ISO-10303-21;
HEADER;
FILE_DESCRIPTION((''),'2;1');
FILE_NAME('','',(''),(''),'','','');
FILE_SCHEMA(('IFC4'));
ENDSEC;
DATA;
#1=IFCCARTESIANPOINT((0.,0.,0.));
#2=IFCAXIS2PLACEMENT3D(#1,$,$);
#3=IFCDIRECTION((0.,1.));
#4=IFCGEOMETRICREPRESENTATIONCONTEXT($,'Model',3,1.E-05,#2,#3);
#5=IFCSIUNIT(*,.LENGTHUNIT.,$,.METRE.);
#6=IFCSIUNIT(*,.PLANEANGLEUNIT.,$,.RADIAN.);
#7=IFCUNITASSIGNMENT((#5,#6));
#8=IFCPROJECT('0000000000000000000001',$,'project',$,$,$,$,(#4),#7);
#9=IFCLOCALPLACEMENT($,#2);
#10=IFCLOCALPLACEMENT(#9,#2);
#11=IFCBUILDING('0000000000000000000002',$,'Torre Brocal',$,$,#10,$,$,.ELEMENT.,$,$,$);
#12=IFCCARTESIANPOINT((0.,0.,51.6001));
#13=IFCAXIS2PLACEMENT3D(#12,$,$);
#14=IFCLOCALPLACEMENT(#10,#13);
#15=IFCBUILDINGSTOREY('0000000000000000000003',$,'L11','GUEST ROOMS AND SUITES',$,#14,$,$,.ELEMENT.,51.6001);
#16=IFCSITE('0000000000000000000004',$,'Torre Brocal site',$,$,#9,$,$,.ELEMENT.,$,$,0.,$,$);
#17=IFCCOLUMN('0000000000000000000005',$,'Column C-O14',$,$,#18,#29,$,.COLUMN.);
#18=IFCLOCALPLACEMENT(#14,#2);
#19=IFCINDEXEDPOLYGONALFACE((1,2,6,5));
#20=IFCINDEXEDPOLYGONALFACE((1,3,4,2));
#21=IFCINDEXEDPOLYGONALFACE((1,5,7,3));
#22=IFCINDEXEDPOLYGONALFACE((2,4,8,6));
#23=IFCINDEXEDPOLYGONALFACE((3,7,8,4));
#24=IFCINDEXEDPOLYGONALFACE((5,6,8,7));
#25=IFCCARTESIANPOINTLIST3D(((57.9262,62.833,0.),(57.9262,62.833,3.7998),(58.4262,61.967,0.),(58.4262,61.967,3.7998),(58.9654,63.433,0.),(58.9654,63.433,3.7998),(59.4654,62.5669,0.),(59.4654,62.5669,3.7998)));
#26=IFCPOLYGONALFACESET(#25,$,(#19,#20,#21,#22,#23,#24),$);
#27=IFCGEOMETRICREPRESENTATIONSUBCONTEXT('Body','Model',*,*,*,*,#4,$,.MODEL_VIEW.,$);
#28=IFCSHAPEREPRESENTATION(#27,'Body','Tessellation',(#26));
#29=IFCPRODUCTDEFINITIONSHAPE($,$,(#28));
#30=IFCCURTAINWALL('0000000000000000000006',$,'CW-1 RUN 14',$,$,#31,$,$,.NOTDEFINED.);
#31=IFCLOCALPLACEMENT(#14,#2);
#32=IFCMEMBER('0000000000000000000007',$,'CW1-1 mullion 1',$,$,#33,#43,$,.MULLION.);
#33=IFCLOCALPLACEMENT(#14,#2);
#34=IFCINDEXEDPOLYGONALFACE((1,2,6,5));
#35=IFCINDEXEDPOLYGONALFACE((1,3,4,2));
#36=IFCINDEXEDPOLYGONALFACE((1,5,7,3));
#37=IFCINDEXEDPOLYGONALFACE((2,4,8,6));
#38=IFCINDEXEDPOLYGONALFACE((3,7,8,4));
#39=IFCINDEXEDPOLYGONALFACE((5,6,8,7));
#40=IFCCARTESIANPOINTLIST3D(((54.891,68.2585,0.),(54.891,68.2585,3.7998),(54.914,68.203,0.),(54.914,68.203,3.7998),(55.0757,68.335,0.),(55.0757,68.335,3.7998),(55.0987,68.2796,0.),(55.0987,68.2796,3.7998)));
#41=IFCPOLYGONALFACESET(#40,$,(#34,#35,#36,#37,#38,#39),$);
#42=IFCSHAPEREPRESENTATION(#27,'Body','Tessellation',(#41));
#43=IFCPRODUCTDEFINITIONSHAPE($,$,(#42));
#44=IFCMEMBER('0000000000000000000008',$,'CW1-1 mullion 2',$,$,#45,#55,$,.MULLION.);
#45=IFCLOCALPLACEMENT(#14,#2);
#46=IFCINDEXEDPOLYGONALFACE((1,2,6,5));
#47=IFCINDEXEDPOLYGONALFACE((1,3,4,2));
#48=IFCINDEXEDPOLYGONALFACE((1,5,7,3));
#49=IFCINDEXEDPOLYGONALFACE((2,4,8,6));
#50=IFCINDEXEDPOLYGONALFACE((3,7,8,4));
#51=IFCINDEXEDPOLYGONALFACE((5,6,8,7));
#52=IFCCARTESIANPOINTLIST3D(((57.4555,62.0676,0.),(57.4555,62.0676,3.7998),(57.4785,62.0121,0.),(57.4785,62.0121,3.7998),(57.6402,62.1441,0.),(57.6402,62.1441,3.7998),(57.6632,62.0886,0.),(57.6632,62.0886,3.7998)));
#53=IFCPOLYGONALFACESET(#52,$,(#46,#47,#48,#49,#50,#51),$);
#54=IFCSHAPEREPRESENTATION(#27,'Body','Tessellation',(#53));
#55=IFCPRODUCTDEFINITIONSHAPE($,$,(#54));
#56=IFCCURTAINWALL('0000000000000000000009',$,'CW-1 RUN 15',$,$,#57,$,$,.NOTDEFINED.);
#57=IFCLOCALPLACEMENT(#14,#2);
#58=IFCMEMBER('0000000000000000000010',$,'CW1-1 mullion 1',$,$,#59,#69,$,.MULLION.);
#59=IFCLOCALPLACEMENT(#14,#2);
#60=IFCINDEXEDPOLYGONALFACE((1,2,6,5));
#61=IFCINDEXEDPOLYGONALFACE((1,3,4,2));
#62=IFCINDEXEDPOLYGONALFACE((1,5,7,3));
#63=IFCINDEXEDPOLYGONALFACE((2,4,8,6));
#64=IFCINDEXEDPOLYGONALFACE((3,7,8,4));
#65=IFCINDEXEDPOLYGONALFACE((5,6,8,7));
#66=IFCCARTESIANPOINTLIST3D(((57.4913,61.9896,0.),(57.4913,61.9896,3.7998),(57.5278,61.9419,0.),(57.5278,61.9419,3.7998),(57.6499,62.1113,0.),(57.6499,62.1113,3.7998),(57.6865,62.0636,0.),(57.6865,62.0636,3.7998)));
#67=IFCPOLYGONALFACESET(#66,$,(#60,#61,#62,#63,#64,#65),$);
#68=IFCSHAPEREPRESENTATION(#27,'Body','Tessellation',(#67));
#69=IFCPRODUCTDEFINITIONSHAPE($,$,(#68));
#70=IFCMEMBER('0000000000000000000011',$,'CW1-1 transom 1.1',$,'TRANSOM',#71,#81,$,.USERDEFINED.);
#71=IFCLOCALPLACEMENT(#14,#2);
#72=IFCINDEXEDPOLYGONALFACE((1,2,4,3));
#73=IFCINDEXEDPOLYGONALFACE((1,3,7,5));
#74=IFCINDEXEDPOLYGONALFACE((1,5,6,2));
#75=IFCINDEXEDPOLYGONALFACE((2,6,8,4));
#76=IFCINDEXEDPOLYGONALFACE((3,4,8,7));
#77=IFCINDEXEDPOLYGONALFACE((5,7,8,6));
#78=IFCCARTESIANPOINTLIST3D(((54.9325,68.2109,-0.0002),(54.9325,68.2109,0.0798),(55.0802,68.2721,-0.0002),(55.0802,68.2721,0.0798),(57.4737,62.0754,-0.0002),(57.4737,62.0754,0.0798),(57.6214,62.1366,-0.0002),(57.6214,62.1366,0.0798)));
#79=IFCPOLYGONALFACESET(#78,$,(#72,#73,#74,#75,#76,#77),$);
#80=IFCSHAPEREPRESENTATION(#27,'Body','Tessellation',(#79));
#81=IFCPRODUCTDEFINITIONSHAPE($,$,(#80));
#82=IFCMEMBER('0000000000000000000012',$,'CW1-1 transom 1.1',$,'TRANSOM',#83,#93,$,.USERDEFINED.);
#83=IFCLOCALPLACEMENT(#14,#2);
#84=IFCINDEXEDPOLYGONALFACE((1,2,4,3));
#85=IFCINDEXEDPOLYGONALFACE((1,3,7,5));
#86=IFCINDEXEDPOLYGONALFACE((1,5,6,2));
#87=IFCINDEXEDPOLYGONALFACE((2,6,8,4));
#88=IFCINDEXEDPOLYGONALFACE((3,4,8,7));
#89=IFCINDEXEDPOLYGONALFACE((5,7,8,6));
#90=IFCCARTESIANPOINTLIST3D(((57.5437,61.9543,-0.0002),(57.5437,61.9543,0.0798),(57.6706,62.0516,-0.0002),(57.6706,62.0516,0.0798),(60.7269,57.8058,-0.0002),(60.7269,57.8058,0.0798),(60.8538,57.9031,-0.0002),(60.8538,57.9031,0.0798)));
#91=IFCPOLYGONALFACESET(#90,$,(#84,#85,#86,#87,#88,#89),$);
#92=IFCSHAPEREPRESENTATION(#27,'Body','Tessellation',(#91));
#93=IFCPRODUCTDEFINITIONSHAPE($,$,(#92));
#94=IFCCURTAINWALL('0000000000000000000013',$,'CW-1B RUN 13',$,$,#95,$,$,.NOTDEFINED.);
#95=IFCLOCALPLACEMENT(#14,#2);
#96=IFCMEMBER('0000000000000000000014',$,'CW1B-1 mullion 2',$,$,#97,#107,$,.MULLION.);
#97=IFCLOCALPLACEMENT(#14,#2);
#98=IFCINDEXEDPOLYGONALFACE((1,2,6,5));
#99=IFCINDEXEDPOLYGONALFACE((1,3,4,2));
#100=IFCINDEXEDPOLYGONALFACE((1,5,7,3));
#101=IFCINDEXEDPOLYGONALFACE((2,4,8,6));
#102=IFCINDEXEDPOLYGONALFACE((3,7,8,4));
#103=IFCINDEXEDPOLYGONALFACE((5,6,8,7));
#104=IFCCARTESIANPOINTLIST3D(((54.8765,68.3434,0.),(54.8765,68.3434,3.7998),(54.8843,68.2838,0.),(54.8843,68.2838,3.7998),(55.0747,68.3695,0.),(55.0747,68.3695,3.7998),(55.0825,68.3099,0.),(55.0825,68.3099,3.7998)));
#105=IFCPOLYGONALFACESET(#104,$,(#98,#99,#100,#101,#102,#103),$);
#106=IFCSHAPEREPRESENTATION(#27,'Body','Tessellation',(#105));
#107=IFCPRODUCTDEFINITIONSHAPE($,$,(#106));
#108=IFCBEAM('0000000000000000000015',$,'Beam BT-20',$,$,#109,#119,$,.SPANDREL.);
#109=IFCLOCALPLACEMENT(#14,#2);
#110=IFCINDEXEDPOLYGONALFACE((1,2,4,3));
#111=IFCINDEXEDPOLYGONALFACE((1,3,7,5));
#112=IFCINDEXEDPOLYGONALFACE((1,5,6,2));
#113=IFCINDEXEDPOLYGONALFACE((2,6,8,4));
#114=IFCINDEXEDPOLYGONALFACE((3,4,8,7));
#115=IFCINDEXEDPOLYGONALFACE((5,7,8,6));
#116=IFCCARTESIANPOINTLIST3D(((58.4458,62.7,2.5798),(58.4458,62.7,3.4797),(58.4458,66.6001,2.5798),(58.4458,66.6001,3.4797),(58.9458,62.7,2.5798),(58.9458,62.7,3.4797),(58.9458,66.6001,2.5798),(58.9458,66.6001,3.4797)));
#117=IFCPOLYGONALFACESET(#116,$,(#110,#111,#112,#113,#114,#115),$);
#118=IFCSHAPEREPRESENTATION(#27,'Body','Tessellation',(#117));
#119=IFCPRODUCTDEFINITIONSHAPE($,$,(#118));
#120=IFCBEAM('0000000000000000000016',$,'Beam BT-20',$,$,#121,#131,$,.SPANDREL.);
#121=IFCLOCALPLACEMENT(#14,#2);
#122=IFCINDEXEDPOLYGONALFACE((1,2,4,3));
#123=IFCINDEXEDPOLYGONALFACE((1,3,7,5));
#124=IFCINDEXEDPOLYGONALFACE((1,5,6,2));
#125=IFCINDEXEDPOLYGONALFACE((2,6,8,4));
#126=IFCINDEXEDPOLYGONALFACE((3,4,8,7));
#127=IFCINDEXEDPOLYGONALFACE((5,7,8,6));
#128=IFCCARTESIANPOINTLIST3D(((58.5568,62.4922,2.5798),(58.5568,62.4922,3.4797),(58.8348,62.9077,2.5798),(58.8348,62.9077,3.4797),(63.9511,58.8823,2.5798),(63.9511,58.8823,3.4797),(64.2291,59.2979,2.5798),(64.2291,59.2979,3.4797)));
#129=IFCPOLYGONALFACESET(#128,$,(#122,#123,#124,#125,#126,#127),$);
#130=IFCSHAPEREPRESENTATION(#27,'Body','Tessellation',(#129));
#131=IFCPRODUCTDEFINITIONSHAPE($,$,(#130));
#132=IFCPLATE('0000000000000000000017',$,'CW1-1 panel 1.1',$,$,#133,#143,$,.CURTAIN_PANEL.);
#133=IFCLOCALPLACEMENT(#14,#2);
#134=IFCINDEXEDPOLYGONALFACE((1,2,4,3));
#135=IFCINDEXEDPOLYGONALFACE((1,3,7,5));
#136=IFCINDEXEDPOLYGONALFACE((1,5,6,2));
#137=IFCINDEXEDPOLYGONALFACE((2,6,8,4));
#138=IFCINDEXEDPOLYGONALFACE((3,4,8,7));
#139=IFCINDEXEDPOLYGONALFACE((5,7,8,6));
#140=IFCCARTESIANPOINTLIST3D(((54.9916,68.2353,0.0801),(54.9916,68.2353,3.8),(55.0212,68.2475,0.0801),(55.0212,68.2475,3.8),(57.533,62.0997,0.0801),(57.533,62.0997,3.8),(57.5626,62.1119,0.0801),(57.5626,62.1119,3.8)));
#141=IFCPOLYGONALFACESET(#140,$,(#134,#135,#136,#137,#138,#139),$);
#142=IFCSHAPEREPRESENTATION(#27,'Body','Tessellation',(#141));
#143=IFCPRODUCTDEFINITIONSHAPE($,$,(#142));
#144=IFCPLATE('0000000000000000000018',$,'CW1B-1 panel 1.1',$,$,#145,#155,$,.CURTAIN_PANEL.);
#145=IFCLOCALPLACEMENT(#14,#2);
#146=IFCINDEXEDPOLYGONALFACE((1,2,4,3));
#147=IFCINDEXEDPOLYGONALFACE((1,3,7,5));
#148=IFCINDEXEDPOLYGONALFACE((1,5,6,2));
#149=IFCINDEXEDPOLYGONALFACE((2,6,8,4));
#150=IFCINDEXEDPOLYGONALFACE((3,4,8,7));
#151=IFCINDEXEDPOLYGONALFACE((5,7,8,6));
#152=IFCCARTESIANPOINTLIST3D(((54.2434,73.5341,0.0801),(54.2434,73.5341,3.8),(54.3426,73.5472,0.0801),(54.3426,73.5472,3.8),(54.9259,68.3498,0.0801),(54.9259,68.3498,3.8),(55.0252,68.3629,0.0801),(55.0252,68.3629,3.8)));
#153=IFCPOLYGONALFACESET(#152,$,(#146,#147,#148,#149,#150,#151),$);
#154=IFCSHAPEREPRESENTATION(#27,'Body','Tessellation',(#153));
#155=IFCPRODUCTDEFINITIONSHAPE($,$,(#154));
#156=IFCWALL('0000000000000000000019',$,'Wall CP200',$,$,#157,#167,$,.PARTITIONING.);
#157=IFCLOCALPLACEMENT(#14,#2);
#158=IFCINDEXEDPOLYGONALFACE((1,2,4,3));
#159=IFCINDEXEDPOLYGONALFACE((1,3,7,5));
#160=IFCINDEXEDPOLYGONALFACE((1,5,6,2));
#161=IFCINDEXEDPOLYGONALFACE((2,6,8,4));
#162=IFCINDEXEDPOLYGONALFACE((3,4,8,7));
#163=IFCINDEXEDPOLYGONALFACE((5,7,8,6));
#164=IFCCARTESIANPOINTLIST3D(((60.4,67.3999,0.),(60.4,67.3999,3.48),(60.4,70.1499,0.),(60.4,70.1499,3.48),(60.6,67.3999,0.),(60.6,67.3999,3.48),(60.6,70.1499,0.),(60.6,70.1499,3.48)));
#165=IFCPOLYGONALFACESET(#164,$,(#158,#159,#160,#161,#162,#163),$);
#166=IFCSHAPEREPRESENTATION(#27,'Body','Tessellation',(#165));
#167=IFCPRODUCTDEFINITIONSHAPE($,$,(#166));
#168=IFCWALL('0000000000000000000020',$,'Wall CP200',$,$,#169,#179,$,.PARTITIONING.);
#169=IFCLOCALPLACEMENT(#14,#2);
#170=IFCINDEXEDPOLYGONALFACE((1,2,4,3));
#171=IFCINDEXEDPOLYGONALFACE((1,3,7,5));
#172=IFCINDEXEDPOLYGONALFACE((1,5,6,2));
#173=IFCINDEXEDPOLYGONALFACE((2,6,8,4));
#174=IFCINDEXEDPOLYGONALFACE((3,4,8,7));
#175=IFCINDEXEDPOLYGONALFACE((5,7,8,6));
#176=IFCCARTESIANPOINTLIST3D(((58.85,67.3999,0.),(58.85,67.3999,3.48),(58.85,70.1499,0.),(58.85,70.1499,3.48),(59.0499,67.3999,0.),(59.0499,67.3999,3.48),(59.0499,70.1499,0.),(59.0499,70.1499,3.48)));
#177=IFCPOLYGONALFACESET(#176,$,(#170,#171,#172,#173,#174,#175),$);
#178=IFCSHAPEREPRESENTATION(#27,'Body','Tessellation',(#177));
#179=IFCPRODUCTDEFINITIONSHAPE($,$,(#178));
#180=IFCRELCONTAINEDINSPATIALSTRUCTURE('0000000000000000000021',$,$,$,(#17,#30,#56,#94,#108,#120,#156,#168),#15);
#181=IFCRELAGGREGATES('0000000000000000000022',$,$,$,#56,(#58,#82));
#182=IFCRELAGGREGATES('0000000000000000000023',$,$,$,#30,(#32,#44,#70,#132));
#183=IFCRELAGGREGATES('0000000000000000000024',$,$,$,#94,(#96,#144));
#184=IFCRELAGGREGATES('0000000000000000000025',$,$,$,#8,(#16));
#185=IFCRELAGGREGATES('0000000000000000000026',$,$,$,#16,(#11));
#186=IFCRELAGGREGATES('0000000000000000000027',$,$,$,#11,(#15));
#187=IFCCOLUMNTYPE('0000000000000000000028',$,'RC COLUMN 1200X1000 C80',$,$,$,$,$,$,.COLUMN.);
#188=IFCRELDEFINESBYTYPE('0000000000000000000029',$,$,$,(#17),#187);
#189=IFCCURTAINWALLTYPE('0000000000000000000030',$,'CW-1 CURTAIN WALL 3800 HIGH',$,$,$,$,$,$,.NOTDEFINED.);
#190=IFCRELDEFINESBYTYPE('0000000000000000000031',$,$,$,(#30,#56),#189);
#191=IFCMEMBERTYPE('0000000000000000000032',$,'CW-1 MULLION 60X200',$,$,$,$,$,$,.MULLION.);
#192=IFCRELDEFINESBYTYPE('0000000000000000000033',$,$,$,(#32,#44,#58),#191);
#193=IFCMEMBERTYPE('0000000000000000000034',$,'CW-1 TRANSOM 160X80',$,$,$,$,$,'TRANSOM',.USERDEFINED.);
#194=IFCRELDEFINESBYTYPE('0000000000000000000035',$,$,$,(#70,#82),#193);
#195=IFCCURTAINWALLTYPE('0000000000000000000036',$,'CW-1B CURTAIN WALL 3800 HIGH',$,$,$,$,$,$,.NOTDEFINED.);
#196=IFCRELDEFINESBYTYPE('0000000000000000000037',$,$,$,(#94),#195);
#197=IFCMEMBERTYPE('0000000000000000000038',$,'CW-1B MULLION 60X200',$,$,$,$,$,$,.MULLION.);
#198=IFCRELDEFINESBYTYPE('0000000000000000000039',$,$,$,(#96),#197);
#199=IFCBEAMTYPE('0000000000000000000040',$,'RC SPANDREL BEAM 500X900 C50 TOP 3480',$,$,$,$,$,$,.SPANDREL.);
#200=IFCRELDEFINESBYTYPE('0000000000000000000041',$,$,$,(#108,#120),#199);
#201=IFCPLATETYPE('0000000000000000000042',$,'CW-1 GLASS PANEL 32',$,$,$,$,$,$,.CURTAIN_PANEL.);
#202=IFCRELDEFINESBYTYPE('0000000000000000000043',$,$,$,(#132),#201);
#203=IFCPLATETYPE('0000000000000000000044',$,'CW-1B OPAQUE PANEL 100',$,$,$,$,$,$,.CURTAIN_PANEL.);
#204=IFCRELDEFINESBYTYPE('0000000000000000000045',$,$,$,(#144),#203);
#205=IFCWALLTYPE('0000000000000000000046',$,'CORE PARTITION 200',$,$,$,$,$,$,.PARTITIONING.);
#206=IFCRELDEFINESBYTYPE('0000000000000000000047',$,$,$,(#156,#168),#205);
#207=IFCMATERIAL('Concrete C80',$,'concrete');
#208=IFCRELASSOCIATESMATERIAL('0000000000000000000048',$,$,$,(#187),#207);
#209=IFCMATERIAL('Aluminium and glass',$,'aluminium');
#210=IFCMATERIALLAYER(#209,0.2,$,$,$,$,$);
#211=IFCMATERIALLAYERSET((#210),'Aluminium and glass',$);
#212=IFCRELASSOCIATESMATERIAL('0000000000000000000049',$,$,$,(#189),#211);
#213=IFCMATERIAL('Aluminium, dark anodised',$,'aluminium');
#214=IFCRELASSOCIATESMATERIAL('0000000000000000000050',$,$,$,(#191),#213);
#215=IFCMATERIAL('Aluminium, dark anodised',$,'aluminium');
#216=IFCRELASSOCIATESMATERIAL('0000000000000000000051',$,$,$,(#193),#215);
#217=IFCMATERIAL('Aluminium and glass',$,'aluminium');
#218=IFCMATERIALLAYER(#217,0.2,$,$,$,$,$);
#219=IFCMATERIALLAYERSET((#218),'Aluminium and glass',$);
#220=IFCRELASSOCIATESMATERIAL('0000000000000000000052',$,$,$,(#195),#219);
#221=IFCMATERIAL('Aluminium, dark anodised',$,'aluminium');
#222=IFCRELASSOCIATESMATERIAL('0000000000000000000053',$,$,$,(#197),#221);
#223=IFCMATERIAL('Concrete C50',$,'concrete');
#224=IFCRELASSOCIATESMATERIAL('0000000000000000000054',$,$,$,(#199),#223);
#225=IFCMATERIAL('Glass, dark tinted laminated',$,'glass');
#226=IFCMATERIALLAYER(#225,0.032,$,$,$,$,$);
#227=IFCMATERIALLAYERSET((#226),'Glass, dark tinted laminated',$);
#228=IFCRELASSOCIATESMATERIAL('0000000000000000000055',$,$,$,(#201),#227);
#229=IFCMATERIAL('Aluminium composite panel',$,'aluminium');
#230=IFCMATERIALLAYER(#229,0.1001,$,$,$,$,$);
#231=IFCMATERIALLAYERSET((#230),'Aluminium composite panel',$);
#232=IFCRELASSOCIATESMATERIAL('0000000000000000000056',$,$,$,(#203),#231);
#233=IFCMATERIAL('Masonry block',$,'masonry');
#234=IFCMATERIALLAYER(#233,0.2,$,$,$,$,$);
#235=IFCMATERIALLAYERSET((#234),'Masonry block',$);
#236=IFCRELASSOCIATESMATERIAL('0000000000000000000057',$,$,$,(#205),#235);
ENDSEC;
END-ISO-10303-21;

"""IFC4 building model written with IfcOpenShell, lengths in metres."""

from ifc_helpers import new_model, si_unit, direction, frame, frame_2d, origin, origin_2d, place, context, subcontext, project, spatial, rectangle, extrude, material, layer, layer_set, material_profile, profile_set, type_object, element, aggregate, save


model = new_model("IFC4")

# Units and contexts
model_context = context("Model", 3, precision=1e-05, world=origin(), true_north=direction((0.0, 1.0)))
body_context = subcontext(model_context, "Body", "Model", "MODEL_VIEW")
ifc_project = project(units=[si_unit("LENGTHUNIT", "METRE"), si_unit("PLANEANGLEUNIT", "RADIAN")], contexts=[model_context])

# Site, building, storey
site_placement = place(None, origin())
site = spatial("IfcSite", under=ifc_project, at=site_placement, Name="Torre Brocal site", CompositionType="ELEMENT", RefElevation=0.0)
building_placement = place(site_placement, origin())
building = spatial("IfcBuilding", under=site, at=building_placement, Name="Torre Brocal", CompositionType="ELEMENT")
storey_placement = place(building_placement, frame((0.0, 0.0, 51.6001)))
storey = spatial("IfcBuildingStorey", under=building, at=storey_placement, Name="L11", Description="GUEST ROOMS AND SUITES", CompositionType="ELEMENT", Elevation=51.6001)

# Column
ifc_material_1 = material(Name="Concrete C80", Category="concrete")
ifc_material_profile_1 = material_profile(ifc_material_1, rectangle(XDim=1.2, YDim=1.0, at=origin_2d()), Name="RC 1200X1000")
ifc_profile_set_1 = profile_set([ifc_material_profile_1], Name="Concrete C80")
column_type = type_object("IfcColumnType", Name="RC COLUMN 1200X1000 C80", PredefinedType="COLUMN", material=ifc_profile_set_1)
column_placement = place(storey_placement, frame((58.6958, 62.7, 0.0), z_axis=(0.0, 0.0, 1.0), x_axis=(-0.866025, -0.5, 0.0)))
element("IfcColumn", 1, at=column_placement, inside=storey, type_object=column_type, Name="Column C-O14", PredefinedType="COLUMN", context=body_context, shape_type="SweptSolid", body=[
    extrude(rectangle(XDim=1.2, YDim=1.0, at=origin_2d()), origin(), (0.0, 0.0, 1.0), 3.7998),
])

# Curtain wall, members
ifc_material_2 = material(Name="Aluminium and glass", Category="aluminium")
ifc_layer_1 = layer(ifc_material_2, 0.2)
ifc_layer_set_1 = layer_set([ifc_layer_1], Name="Aluminium and glass")
curtain_wall_type_1 = type_object("IfcCurtainWallType", Name="CW-1 CURTAIN WALL 3800 HIGH", PredefinedType="NOTDEFINED", material=ifc_layer_set_1)
curtain_wall_1_placement = place(storey_placement, origin())
curtain_wall_1 = element("IfcCurtainWall", 2, at=curtain_wall_1_placement, inside=storey, type_object=curtain_wall_type_1, Name="CW-1 RUN 14", PredefinedType="NOTDEFINED")
ifc_material_3 = material(Name="Aluminium, dark anodised", Category="aluminium")
ifc_material_profile_2 = material_profile(ifc_material_3, rectangle(XDim=0.2, YDim=0.0601, at=origin_2d()), Name="CW-1 MULLION 60X200")
ifc_profile_set_2 = profile_set([ifc_material_profile_2], Name="Aluminium, dark anodised")
member_type_1 = type_object("IfcMemberType", Name="CW-1 MULLION 60X200", PredefinedType="MULLION", material=ifc_profile_set_2)
member_1_placement = place(storey_placement, frame((54.9949, 68.269, 0.0), z_axis=(0.0, 0.0, 1.0), x_axis=(0.92388, 0.382683, 0.0)))
member_1 = element("IfcMember", 3, at=member_1_placement, type_object=member_type_1, Name="CW1-1 mullion 1", PredefinedType="MULLION", context=body_context, shape_type="SweptSolid", body=[
    extrude(rectangle(XDim=0.2, YDim=0.0601, at=origin_2d()), origin(), (0.0, 0.0, 1.0), 3.7998),
])
member_2_placement = place(storey_placement, frame((57.5593, 62.0781, 0.0), z_axis=(0.0, 0.0, 1.0), x_axis=(0.92388, 0.382683, 0.0)))
member_2 = element("IfcMember", 4, at=member_2_placement, type_object=member_type_1, Name="CW1-1 mullion 2", PredefinedType="MULLION", context=body_context, shape_type="SweptSolid", body=[
    extrude(rectangle(XDim=0.2, YDim=0.0601, at=origin_2d()), origin(), (0.0, 0.0, 1.0), 3.7998),
])

# Curtain wall, member
curtain_wall_2_placement = place(storey_placement, origin())
curtain_wall_2 = element("IfcCurtainWall", 5, at=curtain_wall_2_placement, inside=storey, type_object=curtain_wall_type_1, Name="CW-1 RUN 15", PredefinedType="NOTDEFINED")
member_3_placement = place(storey_placement, frame((57.5889, 62.0266, 0.0), z_axis=(0.0, 0.0, 1.0), x_axis=(0.793353, 0.608761, 0.0)))
member_3 = element("IfcMember", 6, at=member_3_placement, type_object=member_type_1, Name="CW1-1 mullion 1", PredefinedType="MULLION", context=body_context, shape_type="SweptSolid", body=[
    extrude(rectangle(XDim=0.2, YDim=0.0601, at=origin_2d()), origin(), (0.0, 0.0, 1.0), 3.7998),
])

# Members
ifc_material_4 = material(Name="Aluminium, dark anodised", Category="aluminium")
ifc_material_profile_3 = material_profile(ifc_material_4, rectangle(XDim=0.1599, YDim=0.0801, at=origin_2d()), Name="CW-1 TRANSOM 160X80")
ifc_profile_set_3 = profile_set([ifc_material_profile_3], Name="Aluminium, dark anodised")
member_type_2 = type_object("IfcMemberType", Name="CW-1 TRANSOM 160X80", ElementType="TRANSOM", PredefinedType="USERDEFINED", material=ifc_profile_set_3)
member_4_placement = place(storey_placement, frame((55.0063, 68.2415, 0.0398), z_axis=(0.382665, -0.923887, 0.0), x_axis=(0.923887, 0.382665, 0.0)))
member_4 = element("IfcMember", 7, at=member_4_placement, type_object=member_type_2, Name="CW1-1 transom 1.1", ObjectType="TRANSOM", PredefinedType="USERDEFINED", context=body_context, shape_type="SweptSolid", body=[
    extrude(rectangle(XDim=0.1599, YDim=0.0801, at=origin_2d()), origin(), (0.0, 0.0, 1.0), 6.6409),
])
member_5_placement = place(storey_placement, frame((57.6072, 62.0029, 0.0398), z_axis=(0.608749, -0.793363, 0.0), x_axis=(0.793363, 0.608749, 0.0)))
member_5 = element("IfcMember", 8, at=member_5_placement, type_object=member_type_2, Name="CW1-1 transom 1.1", ObjectType="TRANSOM", PredefinedType="USERDEFINED", context=body_context, shape_type="SweptSolid", body=[
    extrude(rectangle(XDim=0.1599, YDim=0.0801, at=origin_2d()), origin(), (0.0, 0.0, 1.0), 5.229),
])
aggregate(curtain_wall_2, [member_3, member_5])

# Curtain wall, member
ifc_material_5 = material(Name="Aluminium and glass", Category="aluminium")
ifc_layer_2 = layer(ifc_material_5, 0.2)
ifc_layer_set_2 = layer_set([ifc_layer_2], Name="Aluminium and glass")
curtain_wall_type_2 = type_object("IfcCurtainWallType", Name="CW-1B CURTAIN WALL 3800 HIGH", PredefinedType="NOTDEFINED", material=ifc_layer_set_2)
curtain_wall_3_placement = place(storey_placement, origin())
curtain_wall_3 = element("IfcCurtainWall", 9, at=curtain_wall_3_placement, inside=storey, type_object=curtain_wall_type_2, Name="CW-1B RUN 13", PredefinedType="NOTDEFINED")
ifc_material_6 = material(Name="Aluminium, dark anodised", Category="aluminium")
ifc_material_profile_4 = material_profile(ifc_material_6, rectangle(XDim=0.2, YDim=0.0601, at=origin_2d()), Name="CW-1B MULLION 60X200")
ifc_profile_set_4 = profile_set([ifc_material_profile_4], Name="Aluminium, dark anodised")
member_type_3 = type_object("IfcMemberType", Name="CW-1B MULLION 60X200", PredefinedType="MULLION", material=ifc_profile_set_4)
member_6_placement = place(storey_placement, frame((54.9795, 68.3267, 0.0), z_axis=(0.0, 0.0, 1.0), x_axis=(0.991445, 0.130526, 0.0)))
member_6 = element("IfcMember", 10, at=member_6_placement, type_object=member_type_3, Name="CW1B-1 mullion 2", PredefinedType="MULLION", context=body_context, shape_type="SweptSolid", body=[
    extrude(rectangle(XDim=0.2, YDim=0.0601, at=origin_2d()), origin(), (0.0, 0.0, 1.0), 3.7998),
])

# Beams
ifc_material_7 = material(Name="Concrete C50", Category="concrete")
ifc_material_profile_5 = material_profile(ifc_material_7, rectangle(XDim=0.5, YDim=0.8999, at=origin_2d()), Name="RC 500X900")
ifc_profile_set_5 = profile_set([ifc_material_profile_5], Name="Concrete C50")
beam_type = type_object("IfcBeamType", Name="RC SPANDREL BEAM 500X900 C50 TOP 3480", PredefinedType="SPANDREL", material=ifc_profile_set_5)
beam_1_placement = place(storey_placement, frame((58.6958, 62.7, 3.0298), z_axis=(0.0, 1.0, 0.0), x_axis=(-1.0, 0.0, 0.0)))
element("IfcBeam", 11, at=beam_1_placement, inside=storey, type_object=beam_type, Name="Beam BT-20", PredefinedType="SPANDREL", context=body_context, shape_type="SweptSolid", body=[
    extrude(rectangle(XDim=0.5, YDim=0.8999, at=origin_2d()), origin(), (0.0, 0.0, 1.0), 3.9001),
])
beam_2_placement = place(storey_placement, frame((58.6958, 62.7, 3.0298), z_axis=(0.831077, -0.556158, 0.0), x_axis=(0.556158, 0.831077, 0.0)))
element("IfcBeam", 12, at=beam_2_placement, inside=storey, type_object=beam_type, Name="Beam BT-20", PredefinedType="SPANDREL", context=body_context, shape_type="SweptSolid", body=[
    extrude(rectangle(XDim=0.5, YDim=0.8999, at=origin_2d()), origin(), (0.0, 0.0, 1.0), 6.4907),
])

# Plates
ifc_material_8 = material(Name="Glass, dark tinted laminated", Category="glass")
ifc_layer_3 = layer(ifc_material_8, 0.032)
ifc_layer_set_3 = layer_set([ifc_layer_3], Name="Glass, dark tinted laminated")
plate_type_1 = type_object("IfcPlateType", Name="CW-1 GLASS PANEL 32", PredefinedType="CURTAIN_PANEL", material=ifc_layer_set_3)
plate_1_placement = place(storey_placement, frame((56.2771, 65.1736, 0.0801), z_axis=(0.0, 0.0, 1.0), x_axis=(0.382683, -0.92388, 0.0)))
plate_1 = element("IfcPlate", 13, at=plate_1_placement, type_object=plate_type_1, Name="CW1-1 panel 1.1", PredefinedType="CURTAIN_PANEL", context=body_context, shape_type="SweptSolid", body=[
    extrude(rectangle(XDim=6.6411, YDim=0.032, at=origin_2d()), origin(), (0.0, 0.0, 1.0), 3.72),
])
aggregate(curtain_wall_1, [member_1, member_2, member_4, plate_1])
ifc_material_9 = material(Name="Aluminium composite panel", Category="aluminium")
ifc_layer_4 = layer(ifc_material_9, 0.1001)
ifc_layer_set_4 = layer_set([ifc_layer_4], Name="Aluminium composite panel")
plate_type_2 = type_object("IfcPlateType", Name="CW-1B OPAQUE PANEL 100", PredefinedType="CURTAIN_PANEL", material=ifc_layer_set_4)
plate_2_placement = place(storey_placement, frame((54.6343, 70.9485, 0.0801), z_axis=(0.0, 0.0, 1.0), x_axis=(0.130526, -0.991445, 0.0)))
plate_2 = element("IfcPlate", 14, at=plate_2_placement, type_object=plate_type_2, Name="CW1B-1 panel 1.1", PredefinedType="CURTAIN_PANEL", context=body_context, shape_type="SweptSolid", body=[
    extrude(rectangle(XDim=5.229, YDim=0.1001, at=origin_2d()), origin(), (0.0, 0.0, 1.0), 3.72),
])
aggregate(curtain_wall_3, [member_6, plate_2])

# Walls
ifc_material_10 = material(Name="Masonry block", Category="masonry")
ifc_layer_5 = layer(ifc_material_10, 0.2)
ifc_layer_set_5 = layer_set([ifc_layer_5], Name="Masonry block")
wall_type_1 = type_object("IfcWallType", Name="CORE PARTITION 200", PredefinedType="PARTITIONING", material=ifc_layer_set_5)
for number, where, z_axis, x_axis, name in (
    (15, (60.5, 70.1499, 0.0), (0.0, 0.0, 1.0), (0.0, -1.0, 0.0), "Wall CP200"),
    (16, (58.95, 70.1499, 0.0), (0.0, 0.0, 1.0), (0.0, -1.0, 0.0), "Wall CP200"),
):
    element("IfcWall", number, at=place(storey_placement, frame(where, z_axis=z_axis, x_axis=x_axis)), inside=storey, type_object=wall_type_1, Name=name, PredefinedType="PARTITIONING", context=body_context, shape_type="SweptSolid", body=[
        extrude(rectangle(XDim=2.75, YDim=0.2, at=frame_2d((1.375, 0.0))), origin(), (0.0, 0.0, 1.0), 3.48),
    ])

save(model, "model.ifc")
